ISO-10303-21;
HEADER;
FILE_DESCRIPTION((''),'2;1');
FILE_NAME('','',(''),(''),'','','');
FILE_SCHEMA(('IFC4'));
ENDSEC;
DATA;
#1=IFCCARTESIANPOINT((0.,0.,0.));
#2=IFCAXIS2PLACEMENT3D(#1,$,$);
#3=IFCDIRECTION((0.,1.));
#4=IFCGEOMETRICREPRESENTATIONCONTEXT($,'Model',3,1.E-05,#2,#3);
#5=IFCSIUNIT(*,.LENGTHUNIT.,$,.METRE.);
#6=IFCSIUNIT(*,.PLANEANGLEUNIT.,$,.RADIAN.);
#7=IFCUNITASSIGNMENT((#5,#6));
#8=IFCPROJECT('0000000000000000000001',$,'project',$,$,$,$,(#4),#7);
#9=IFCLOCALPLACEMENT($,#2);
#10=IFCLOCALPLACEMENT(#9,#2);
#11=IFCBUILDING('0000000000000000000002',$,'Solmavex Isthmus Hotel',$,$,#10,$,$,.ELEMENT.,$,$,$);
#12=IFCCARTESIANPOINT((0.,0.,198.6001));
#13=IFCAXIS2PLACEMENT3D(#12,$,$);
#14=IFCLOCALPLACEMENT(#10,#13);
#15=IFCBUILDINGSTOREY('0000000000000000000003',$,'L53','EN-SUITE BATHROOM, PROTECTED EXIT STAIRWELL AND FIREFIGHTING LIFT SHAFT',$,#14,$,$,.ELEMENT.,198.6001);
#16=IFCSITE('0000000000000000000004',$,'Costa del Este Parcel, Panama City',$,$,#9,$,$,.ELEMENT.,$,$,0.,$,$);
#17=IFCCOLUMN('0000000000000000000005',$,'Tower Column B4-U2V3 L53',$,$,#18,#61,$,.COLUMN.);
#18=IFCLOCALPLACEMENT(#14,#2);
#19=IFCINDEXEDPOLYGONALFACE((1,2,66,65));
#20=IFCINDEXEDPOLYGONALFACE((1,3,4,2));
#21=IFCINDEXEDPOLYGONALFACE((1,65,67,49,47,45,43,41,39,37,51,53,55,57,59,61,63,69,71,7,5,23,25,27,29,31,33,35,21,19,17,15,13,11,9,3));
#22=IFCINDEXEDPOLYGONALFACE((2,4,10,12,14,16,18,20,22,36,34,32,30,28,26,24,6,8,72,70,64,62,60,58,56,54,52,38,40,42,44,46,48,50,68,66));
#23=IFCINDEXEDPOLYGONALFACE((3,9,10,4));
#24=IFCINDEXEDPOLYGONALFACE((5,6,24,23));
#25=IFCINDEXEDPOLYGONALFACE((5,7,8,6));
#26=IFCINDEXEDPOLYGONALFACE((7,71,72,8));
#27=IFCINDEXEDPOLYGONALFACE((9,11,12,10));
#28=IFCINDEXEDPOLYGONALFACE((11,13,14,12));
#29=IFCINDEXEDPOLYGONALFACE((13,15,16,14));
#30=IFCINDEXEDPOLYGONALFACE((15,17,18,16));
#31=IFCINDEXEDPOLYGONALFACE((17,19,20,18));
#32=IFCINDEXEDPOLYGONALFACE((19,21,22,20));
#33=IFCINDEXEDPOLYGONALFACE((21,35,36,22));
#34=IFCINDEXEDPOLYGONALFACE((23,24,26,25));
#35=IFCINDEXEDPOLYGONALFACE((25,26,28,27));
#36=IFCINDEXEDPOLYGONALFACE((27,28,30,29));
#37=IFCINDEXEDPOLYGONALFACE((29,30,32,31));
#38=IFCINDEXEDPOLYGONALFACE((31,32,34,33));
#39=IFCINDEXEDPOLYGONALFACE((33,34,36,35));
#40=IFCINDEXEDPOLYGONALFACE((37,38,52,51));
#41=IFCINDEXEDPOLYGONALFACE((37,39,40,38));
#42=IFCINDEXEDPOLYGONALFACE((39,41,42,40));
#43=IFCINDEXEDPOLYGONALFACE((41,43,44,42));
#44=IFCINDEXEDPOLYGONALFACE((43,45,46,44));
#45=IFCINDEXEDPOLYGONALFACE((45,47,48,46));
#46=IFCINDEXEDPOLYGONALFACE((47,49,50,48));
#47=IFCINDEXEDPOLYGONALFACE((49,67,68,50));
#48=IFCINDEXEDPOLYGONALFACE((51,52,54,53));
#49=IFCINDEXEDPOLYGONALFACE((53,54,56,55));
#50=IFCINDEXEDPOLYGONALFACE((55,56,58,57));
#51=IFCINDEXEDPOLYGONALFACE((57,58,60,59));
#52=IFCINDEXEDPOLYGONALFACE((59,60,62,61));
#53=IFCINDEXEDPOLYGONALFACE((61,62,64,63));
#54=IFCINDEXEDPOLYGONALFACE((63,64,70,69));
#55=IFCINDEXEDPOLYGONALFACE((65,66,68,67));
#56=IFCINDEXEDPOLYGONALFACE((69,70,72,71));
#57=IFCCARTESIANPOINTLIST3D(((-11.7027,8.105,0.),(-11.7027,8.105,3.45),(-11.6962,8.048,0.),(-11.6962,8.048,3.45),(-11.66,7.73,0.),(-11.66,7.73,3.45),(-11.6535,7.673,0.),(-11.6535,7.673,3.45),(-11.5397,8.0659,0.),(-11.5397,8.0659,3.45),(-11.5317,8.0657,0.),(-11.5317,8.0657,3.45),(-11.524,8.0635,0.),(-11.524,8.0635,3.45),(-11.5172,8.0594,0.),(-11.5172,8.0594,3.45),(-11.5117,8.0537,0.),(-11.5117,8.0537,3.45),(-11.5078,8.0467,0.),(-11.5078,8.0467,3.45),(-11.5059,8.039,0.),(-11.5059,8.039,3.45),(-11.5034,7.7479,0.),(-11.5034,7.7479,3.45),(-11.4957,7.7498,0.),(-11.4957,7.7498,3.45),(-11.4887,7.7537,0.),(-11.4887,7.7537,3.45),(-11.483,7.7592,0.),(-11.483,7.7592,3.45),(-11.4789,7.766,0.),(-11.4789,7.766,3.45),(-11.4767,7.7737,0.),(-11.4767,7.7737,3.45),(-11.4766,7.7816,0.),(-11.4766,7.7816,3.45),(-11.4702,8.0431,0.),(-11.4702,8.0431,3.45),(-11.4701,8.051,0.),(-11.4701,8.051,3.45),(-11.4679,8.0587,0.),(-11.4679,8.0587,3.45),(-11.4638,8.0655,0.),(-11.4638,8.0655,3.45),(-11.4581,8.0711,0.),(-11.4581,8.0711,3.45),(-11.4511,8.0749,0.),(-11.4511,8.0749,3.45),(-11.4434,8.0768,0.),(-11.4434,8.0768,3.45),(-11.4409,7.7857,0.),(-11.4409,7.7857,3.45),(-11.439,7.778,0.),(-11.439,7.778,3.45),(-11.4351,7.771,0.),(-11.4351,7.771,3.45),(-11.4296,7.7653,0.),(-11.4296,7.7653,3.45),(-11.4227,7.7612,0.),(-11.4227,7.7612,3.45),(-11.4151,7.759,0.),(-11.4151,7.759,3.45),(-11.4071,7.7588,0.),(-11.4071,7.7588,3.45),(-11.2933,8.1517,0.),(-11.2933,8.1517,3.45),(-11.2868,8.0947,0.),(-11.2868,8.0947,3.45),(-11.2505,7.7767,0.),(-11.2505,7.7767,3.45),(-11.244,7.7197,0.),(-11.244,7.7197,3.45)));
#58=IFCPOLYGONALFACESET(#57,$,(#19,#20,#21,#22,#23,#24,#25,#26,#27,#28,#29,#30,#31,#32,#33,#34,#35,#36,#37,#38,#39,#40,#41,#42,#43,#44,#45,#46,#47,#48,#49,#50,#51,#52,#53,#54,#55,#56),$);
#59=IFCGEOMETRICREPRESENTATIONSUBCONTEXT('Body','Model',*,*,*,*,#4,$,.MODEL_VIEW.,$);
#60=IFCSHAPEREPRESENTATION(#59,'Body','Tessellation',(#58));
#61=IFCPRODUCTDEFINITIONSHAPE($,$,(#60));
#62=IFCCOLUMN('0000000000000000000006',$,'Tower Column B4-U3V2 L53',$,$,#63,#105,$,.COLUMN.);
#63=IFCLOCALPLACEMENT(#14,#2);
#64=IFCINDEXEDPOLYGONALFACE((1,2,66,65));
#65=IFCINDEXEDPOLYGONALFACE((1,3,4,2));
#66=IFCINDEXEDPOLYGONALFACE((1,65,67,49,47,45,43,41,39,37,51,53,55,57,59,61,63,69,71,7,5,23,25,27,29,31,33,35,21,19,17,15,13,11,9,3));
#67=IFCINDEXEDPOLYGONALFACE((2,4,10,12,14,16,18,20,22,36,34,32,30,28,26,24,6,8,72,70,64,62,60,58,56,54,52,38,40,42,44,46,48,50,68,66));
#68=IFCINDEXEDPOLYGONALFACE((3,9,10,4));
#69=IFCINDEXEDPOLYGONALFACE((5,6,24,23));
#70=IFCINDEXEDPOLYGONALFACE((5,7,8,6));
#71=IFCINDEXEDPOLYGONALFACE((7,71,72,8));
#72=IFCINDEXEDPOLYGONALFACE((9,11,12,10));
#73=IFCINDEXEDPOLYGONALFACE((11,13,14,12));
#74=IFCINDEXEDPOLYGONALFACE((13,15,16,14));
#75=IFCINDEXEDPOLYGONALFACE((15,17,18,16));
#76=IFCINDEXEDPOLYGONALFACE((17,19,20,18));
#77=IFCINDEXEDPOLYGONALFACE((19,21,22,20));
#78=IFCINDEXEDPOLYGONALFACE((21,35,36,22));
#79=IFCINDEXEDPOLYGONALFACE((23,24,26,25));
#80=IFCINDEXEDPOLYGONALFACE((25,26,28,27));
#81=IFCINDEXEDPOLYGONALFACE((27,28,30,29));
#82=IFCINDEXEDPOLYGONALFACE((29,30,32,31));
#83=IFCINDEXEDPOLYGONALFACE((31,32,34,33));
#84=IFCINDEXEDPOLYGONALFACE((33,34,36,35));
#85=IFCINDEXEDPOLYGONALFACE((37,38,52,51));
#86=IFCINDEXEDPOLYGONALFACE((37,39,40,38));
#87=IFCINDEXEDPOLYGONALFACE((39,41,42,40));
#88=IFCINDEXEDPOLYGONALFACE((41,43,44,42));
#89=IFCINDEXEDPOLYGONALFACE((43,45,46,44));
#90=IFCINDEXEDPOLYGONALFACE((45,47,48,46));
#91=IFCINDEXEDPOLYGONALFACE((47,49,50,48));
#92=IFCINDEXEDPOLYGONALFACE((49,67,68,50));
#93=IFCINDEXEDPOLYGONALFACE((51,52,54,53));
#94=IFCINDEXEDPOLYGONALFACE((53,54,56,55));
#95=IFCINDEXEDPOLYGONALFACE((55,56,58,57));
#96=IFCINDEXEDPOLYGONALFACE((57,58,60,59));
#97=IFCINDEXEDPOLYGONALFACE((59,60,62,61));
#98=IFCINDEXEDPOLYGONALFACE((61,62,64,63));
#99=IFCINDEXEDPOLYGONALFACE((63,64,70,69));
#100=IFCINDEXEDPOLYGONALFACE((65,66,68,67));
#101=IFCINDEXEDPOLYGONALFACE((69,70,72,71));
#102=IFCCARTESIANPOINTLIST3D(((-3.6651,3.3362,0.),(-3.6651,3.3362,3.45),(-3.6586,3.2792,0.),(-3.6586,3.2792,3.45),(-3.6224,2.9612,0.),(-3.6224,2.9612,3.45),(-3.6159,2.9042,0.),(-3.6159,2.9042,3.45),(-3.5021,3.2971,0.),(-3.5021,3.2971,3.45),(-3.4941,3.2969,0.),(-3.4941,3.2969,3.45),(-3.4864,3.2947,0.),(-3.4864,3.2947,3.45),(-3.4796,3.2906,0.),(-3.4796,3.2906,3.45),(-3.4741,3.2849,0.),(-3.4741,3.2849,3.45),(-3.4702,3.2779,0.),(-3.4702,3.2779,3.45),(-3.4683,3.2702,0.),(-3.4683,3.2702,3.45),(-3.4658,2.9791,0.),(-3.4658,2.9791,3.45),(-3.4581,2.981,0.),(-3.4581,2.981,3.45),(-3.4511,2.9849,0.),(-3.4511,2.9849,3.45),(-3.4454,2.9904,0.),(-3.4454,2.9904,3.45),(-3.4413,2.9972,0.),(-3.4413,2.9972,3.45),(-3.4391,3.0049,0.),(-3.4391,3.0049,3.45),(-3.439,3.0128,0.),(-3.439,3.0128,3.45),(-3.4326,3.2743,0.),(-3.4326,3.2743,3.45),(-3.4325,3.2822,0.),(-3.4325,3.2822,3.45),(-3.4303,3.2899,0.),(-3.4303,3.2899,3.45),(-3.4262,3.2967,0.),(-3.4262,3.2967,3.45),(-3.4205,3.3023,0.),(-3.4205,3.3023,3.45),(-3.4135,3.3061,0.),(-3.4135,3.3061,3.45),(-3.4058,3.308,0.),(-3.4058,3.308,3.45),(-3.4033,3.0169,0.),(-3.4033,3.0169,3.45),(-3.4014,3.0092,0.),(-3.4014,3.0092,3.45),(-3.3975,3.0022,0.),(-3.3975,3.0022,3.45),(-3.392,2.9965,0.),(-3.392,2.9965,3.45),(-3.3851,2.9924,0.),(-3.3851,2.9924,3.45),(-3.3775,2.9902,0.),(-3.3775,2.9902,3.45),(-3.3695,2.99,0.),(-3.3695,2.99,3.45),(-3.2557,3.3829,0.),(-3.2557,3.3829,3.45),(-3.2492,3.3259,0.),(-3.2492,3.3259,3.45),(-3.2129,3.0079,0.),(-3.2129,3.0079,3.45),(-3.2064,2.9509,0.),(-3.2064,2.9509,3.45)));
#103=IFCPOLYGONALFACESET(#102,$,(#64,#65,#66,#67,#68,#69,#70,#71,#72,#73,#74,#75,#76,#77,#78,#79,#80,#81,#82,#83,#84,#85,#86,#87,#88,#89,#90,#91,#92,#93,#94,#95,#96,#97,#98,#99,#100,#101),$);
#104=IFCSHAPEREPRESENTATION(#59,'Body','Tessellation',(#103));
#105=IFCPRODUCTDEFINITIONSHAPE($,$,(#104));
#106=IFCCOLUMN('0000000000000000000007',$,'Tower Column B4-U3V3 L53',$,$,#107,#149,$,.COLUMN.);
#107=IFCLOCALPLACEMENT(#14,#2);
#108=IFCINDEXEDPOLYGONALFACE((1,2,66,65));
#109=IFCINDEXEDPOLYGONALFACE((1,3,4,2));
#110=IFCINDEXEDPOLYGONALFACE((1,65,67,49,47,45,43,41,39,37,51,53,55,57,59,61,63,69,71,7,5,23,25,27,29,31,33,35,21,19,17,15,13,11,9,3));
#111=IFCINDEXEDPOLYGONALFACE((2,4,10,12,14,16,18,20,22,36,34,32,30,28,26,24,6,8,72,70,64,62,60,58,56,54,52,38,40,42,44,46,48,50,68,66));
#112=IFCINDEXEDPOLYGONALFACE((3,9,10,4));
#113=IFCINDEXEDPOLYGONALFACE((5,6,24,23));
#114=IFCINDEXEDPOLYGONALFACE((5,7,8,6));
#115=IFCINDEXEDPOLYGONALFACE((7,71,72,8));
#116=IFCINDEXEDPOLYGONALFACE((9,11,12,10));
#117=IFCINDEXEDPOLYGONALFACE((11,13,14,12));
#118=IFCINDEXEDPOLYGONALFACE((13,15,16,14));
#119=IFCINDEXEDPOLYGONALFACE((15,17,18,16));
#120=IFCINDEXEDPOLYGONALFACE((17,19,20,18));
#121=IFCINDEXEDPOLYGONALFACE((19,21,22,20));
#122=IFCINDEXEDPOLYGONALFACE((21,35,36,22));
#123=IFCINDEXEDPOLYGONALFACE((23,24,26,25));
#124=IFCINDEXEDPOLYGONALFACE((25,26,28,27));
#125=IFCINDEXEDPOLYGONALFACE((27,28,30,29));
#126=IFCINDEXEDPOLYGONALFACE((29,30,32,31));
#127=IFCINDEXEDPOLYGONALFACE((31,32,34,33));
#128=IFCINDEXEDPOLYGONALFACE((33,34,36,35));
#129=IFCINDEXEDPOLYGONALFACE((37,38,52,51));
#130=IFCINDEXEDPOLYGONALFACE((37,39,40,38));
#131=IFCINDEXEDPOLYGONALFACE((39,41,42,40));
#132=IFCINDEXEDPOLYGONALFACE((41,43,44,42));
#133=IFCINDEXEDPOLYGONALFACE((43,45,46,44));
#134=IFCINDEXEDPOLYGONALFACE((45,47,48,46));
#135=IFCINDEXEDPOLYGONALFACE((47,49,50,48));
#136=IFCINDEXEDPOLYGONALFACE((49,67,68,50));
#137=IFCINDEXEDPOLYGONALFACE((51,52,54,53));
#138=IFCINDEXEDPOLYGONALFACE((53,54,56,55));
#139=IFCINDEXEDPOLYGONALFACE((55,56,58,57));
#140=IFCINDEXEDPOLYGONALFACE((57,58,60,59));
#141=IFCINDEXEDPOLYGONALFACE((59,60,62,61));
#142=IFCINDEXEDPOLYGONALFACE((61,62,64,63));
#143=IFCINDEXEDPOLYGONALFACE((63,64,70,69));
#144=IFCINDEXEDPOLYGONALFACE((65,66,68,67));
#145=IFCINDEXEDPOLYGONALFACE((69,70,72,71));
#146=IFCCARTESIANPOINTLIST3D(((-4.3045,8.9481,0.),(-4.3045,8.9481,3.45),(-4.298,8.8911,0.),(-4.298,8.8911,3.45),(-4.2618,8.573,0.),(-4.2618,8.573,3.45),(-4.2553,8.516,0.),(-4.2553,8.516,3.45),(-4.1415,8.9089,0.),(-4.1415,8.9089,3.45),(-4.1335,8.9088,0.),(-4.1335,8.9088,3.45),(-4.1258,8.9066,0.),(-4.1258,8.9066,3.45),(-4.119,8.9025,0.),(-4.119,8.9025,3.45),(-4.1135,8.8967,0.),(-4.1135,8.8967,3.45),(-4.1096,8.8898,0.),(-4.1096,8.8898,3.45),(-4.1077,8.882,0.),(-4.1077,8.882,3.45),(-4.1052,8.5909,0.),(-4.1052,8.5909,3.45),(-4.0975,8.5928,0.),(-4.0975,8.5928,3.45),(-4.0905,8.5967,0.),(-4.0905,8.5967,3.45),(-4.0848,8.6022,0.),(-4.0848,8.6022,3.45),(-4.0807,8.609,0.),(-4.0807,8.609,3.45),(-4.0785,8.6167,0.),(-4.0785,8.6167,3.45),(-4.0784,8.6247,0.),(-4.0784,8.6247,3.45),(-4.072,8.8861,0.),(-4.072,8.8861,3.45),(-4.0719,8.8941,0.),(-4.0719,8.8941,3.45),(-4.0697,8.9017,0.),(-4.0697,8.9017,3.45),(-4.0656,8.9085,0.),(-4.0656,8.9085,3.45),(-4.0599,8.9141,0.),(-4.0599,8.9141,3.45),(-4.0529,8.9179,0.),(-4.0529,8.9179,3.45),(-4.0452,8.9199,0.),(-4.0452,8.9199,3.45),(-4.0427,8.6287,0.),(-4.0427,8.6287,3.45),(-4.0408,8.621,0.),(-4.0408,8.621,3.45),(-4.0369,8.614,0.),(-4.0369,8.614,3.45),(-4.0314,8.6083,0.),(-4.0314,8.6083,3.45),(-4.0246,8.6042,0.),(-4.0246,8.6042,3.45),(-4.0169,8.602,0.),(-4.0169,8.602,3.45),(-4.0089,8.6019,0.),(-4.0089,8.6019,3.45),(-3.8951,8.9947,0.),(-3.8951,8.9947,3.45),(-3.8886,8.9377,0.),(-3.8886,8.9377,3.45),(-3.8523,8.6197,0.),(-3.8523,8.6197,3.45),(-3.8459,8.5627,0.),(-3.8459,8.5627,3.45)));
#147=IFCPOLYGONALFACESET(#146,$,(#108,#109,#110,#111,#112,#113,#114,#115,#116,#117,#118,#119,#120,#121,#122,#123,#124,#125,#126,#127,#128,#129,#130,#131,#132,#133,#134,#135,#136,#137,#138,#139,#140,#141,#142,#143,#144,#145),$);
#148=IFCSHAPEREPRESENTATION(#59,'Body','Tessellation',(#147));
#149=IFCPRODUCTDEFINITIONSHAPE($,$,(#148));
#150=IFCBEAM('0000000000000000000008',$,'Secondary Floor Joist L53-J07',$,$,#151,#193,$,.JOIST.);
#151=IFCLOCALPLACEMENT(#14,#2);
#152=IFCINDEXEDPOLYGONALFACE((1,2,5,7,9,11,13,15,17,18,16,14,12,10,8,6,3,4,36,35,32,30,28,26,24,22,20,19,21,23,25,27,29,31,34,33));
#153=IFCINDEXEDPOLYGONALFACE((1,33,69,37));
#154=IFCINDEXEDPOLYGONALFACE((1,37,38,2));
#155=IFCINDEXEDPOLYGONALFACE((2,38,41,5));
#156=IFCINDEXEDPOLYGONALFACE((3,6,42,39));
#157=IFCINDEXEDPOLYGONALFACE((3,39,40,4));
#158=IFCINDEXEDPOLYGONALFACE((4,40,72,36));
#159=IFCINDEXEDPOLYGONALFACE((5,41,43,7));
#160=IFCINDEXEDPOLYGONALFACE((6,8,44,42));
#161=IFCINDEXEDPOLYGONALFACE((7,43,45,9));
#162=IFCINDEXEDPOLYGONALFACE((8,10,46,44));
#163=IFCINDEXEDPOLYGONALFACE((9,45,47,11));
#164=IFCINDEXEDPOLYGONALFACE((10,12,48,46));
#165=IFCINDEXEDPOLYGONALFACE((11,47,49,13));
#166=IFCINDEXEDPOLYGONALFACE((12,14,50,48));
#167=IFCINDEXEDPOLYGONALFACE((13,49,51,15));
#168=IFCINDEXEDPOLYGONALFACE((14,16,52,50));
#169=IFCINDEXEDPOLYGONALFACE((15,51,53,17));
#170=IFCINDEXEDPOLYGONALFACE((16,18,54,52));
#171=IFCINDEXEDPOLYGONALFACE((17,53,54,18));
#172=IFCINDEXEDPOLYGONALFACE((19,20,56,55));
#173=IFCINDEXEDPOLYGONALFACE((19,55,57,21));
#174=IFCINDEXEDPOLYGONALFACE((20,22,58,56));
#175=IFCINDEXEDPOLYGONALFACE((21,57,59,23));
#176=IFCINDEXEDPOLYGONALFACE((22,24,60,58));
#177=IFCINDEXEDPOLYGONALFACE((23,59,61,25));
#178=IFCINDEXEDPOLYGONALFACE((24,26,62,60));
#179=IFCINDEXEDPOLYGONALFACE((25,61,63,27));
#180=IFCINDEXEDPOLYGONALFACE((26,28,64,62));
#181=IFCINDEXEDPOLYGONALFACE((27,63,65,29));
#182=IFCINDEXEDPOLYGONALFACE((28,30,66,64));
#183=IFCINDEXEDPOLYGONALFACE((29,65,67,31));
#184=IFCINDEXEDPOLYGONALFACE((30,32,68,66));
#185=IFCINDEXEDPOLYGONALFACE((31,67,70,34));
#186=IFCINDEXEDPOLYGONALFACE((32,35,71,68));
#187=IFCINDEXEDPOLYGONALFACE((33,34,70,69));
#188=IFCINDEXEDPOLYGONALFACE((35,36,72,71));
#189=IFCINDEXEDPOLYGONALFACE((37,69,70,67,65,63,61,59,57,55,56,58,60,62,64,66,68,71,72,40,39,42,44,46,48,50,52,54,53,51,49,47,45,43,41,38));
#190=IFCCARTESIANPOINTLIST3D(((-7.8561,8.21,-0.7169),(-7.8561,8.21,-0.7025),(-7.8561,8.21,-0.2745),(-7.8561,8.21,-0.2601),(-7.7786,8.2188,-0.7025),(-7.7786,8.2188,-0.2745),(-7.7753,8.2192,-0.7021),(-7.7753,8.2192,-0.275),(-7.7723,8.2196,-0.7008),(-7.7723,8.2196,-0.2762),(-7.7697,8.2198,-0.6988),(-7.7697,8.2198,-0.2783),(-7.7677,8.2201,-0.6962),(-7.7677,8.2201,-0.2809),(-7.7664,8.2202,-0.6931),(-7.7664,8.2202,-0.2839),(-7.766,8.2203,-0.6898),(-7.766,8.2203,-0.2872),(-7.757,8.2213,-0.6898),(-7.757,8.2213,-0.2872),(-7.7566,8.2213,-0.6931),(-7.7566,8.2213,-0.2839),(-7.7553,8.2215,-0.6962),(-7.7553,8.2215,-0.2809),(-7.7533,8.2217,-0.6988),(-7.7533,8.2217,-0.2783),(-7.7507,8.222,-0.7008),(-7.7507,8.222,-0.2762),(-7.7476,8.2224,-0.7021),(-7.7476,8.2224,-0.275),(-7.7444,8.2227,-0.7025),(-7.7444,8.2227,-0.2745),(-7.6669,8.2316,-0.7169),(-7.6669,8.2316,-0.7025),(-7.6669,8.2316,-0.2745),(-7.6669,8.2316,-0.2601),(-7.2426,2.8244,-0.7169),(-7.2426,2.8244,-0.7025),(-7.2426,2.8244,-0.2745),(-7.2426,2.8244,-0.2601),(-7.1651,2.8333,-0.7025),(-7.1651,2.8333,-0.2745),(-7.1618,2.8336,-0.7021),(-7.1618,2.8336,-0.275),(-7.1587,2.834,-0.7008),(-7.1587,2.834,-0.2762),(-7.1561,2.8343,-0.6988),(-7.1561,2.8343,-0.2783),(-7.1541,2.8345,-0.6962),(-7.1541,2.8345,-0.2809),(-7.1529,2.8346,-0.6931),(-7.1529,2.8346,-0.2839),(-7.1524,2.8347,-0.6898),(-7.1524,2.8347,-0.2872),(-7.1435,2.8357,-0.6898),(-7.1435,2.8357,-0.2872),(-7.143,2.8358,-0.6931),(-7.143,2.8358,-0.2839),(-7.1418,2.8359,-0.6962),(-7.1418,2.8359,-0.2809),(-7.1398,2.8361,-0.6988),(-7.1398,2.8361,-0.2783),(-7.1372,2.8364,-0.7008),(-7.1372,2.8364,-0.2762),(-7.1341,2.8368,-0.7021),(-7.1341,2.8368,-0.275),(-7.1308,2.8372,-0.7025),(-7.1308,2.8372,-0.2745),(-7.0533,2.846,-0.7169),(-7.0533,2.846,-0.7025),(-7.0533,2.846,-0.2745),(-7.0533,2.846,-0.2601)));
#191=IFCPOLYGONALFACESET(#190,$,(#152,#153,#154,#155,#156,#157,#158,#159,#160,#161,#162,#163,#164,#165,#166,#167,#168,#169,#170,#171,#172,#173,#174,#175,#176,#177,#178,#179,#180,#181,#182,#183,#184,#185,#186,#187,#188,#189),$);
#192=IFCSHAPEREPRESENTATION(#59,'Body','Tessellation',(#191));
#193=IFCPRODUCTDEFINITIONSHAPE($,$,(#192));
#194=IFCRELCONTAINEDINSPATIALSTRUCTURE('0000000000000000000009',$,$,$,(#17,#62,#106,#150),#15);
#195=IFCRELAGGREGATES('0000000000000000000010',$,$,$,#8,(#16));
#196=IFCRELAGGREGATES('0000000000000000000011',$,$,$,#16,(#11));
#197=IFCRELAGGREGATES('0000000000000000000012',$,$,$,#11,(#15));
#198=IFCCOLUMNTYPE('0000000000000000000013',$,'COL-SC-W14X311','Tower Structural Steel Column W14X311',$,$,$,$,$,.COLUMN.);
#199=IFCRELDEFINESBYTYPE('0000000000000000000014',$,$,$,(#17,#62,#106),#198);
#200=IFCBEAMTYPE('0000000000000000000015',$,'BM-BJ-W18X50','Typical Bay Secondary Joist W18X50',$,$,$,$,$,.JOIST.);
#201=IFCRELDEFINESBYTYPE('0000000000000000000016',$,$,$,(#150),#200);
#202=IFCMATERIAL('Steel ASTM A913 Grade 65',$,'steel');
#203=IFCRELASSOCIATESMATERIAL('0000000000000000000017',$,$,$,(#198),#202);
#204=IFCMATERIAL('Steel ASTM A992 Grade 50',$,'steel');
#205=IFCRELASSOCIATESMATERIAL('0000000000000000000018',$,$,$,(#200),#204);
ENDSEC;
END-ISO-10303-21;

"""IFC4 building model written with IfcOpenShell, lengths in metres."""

from ifc_helpers import new_model, si_unit, direction, frame, origin, origin_2d, place, context, subcontext, project, spatial, i_section, extrude, material, material_profile, profile_set, type_object, element, save


model = new_model("IFC4")

# Units and contexts
model_context = context("Model", 3, precision=1e-05, world=origin(), true_north=direction((0.0, 1.0)))
body_context = subcontext(model_context, "Body", "Model", "MODEL_VIEW")
ifc_project = project(units=[si_unit("LENGTHUNIT", "METRE"), si_unit("PLANEANGLEUNIT", "RADIAN")], contexts=[model_context])

# Site, building, storey
site_placement = place(None, origin())
site = spatial("IfcSite", under=ifc_project, at=site_placement, Name="Costa del Este Parcel, Panama City", CompositionType="ELEMENT", RefElevation=0.0)
building_placement = place(site_placement, origin())
building = spatial("IfcBuilding", under=site, at=building_placement, Name="Solmavex Isthmus Hotel", CompositionType="ELEMENT")
storey_placement = place(building_placement, frame((0.0, 0.0, 198.6001)))
storey = spatial("IfcBuildingStorey", under=building, at=storey_placement, Name="L53", Description="EN-SUITE BATHROOM, PROTECTED EXIT STAIRWELL AND FIREFIGHTING LIFT SHAFT", CompositionType="ELEMENT", Elevation=198.6001)

# Columns
ifc_material_1 = material(Name="Steel ASTM A913 Grade 65", Category="steel")
ifc_material_profile_1 = material_profile(ifc_material_1, i_section(OverallWidth=0.4121, OverallDepth=0.4348, WebThickness=0.0359, FlangeThickness=0.0574, FilletRadius=0.0305, at=origin_2d()), Name="W14X311")
ifc_profile_set_1 = profile_set([ifc_material_profile_1], Name="Steel ASTM A913 Grade 65")
column_type = type_object("IfcColumnType", Name="COL-SC-W14X311", Description="Tower Structural Steel Column W14X311", PredefinedType="COLUMN", material=ifc_profile_set_1)
for number, where, z_axis, x_axis, name in (
    (1, (-11.4734, 7.9124, 0.0), (0.0, 0.0, 1.0), (0.993572, 0.113203, 0.0), "Tower Column B4-U2V3 L53"),
    (2, (-3.4358, 3.1436, 0.0), (0.0, 0.0, 1.0), (0.993572, 0.113203, 0.0), "Tower Column B4-U3V2 L53"),
    (3, (-4.0752, 8.7554, 0.0), (0.0, 0.0, 1.0), (0.993572, 0.113203, 0.0), "Tower Column B4-U3V3 L53"),
):
    element("IfcColumn", number, at=place(storey_placement, frame(where, z_axis=z_axis, x_axis=x_axis)), inside=storey, type_object=column_type, Name=name, PredefinedType="COLUMN", context=body_context, shape_type="SweptSolid", body=[
        extrude(i_section(OverallWidth=0.4121, OverallDepth=0.4348, WebThickness=0.0359, FlangeThickness=0.0574, FilletRadius=0.0305, at=origin_2d()), origin(), (0.0, 0.0, 1.0), 3.45),
    ])

# Beam
ifc_material_2 = material(Name="Steel ASTM A992 Grade 50", Category="steel")
ifc_material_profile_2 = material_profile(ifc_material_2, i_section(OverallWidth=0.1904, OverallDepth=0.4568, WebThickness=0.009, FlangeThickness=0.0144, FilletRadius=0.0127, at=origin_2d()), Name="W18X50")
ifc_profile_set_2 = profile_set([ifc_material_profile_2], Name="Steel ASTM A992 Grade 50")
beam_type_1 = type_object("IfcBeamType", Name="BM-BJ-W18X50", Description="Typical Bay Secondary Joist W18X50", PredefinedType="JOIST", material=ifc_profile_set_2)
beam_1_placement = place(storey_placement, frame((-7.1479, 2.8352, -0.4885), z_axis=(-0.11319, 0.993573, 0.0), x_axis=(-0.993573, -0.11319, 0.0)))
element("IfcBeam", 4, at=beam_1_placement, inside=storey, type_object=beam_type_1, Name="Secondary Floor Joist L53-J07", PredefinedType="JOIST", context=body_context, shape_type="SweptSolid", body=[
    extrude(i_section(OverallWidth=0.1904, OverallDepth=0.4568, WebThickness=0.009, FlangeThickness=0.0144, FilletRadius=0.0127, at=origin_2d()), origin(), (0.0, 0.0, 1.0), 5.4204),
])

save(model, "model.ifc")
